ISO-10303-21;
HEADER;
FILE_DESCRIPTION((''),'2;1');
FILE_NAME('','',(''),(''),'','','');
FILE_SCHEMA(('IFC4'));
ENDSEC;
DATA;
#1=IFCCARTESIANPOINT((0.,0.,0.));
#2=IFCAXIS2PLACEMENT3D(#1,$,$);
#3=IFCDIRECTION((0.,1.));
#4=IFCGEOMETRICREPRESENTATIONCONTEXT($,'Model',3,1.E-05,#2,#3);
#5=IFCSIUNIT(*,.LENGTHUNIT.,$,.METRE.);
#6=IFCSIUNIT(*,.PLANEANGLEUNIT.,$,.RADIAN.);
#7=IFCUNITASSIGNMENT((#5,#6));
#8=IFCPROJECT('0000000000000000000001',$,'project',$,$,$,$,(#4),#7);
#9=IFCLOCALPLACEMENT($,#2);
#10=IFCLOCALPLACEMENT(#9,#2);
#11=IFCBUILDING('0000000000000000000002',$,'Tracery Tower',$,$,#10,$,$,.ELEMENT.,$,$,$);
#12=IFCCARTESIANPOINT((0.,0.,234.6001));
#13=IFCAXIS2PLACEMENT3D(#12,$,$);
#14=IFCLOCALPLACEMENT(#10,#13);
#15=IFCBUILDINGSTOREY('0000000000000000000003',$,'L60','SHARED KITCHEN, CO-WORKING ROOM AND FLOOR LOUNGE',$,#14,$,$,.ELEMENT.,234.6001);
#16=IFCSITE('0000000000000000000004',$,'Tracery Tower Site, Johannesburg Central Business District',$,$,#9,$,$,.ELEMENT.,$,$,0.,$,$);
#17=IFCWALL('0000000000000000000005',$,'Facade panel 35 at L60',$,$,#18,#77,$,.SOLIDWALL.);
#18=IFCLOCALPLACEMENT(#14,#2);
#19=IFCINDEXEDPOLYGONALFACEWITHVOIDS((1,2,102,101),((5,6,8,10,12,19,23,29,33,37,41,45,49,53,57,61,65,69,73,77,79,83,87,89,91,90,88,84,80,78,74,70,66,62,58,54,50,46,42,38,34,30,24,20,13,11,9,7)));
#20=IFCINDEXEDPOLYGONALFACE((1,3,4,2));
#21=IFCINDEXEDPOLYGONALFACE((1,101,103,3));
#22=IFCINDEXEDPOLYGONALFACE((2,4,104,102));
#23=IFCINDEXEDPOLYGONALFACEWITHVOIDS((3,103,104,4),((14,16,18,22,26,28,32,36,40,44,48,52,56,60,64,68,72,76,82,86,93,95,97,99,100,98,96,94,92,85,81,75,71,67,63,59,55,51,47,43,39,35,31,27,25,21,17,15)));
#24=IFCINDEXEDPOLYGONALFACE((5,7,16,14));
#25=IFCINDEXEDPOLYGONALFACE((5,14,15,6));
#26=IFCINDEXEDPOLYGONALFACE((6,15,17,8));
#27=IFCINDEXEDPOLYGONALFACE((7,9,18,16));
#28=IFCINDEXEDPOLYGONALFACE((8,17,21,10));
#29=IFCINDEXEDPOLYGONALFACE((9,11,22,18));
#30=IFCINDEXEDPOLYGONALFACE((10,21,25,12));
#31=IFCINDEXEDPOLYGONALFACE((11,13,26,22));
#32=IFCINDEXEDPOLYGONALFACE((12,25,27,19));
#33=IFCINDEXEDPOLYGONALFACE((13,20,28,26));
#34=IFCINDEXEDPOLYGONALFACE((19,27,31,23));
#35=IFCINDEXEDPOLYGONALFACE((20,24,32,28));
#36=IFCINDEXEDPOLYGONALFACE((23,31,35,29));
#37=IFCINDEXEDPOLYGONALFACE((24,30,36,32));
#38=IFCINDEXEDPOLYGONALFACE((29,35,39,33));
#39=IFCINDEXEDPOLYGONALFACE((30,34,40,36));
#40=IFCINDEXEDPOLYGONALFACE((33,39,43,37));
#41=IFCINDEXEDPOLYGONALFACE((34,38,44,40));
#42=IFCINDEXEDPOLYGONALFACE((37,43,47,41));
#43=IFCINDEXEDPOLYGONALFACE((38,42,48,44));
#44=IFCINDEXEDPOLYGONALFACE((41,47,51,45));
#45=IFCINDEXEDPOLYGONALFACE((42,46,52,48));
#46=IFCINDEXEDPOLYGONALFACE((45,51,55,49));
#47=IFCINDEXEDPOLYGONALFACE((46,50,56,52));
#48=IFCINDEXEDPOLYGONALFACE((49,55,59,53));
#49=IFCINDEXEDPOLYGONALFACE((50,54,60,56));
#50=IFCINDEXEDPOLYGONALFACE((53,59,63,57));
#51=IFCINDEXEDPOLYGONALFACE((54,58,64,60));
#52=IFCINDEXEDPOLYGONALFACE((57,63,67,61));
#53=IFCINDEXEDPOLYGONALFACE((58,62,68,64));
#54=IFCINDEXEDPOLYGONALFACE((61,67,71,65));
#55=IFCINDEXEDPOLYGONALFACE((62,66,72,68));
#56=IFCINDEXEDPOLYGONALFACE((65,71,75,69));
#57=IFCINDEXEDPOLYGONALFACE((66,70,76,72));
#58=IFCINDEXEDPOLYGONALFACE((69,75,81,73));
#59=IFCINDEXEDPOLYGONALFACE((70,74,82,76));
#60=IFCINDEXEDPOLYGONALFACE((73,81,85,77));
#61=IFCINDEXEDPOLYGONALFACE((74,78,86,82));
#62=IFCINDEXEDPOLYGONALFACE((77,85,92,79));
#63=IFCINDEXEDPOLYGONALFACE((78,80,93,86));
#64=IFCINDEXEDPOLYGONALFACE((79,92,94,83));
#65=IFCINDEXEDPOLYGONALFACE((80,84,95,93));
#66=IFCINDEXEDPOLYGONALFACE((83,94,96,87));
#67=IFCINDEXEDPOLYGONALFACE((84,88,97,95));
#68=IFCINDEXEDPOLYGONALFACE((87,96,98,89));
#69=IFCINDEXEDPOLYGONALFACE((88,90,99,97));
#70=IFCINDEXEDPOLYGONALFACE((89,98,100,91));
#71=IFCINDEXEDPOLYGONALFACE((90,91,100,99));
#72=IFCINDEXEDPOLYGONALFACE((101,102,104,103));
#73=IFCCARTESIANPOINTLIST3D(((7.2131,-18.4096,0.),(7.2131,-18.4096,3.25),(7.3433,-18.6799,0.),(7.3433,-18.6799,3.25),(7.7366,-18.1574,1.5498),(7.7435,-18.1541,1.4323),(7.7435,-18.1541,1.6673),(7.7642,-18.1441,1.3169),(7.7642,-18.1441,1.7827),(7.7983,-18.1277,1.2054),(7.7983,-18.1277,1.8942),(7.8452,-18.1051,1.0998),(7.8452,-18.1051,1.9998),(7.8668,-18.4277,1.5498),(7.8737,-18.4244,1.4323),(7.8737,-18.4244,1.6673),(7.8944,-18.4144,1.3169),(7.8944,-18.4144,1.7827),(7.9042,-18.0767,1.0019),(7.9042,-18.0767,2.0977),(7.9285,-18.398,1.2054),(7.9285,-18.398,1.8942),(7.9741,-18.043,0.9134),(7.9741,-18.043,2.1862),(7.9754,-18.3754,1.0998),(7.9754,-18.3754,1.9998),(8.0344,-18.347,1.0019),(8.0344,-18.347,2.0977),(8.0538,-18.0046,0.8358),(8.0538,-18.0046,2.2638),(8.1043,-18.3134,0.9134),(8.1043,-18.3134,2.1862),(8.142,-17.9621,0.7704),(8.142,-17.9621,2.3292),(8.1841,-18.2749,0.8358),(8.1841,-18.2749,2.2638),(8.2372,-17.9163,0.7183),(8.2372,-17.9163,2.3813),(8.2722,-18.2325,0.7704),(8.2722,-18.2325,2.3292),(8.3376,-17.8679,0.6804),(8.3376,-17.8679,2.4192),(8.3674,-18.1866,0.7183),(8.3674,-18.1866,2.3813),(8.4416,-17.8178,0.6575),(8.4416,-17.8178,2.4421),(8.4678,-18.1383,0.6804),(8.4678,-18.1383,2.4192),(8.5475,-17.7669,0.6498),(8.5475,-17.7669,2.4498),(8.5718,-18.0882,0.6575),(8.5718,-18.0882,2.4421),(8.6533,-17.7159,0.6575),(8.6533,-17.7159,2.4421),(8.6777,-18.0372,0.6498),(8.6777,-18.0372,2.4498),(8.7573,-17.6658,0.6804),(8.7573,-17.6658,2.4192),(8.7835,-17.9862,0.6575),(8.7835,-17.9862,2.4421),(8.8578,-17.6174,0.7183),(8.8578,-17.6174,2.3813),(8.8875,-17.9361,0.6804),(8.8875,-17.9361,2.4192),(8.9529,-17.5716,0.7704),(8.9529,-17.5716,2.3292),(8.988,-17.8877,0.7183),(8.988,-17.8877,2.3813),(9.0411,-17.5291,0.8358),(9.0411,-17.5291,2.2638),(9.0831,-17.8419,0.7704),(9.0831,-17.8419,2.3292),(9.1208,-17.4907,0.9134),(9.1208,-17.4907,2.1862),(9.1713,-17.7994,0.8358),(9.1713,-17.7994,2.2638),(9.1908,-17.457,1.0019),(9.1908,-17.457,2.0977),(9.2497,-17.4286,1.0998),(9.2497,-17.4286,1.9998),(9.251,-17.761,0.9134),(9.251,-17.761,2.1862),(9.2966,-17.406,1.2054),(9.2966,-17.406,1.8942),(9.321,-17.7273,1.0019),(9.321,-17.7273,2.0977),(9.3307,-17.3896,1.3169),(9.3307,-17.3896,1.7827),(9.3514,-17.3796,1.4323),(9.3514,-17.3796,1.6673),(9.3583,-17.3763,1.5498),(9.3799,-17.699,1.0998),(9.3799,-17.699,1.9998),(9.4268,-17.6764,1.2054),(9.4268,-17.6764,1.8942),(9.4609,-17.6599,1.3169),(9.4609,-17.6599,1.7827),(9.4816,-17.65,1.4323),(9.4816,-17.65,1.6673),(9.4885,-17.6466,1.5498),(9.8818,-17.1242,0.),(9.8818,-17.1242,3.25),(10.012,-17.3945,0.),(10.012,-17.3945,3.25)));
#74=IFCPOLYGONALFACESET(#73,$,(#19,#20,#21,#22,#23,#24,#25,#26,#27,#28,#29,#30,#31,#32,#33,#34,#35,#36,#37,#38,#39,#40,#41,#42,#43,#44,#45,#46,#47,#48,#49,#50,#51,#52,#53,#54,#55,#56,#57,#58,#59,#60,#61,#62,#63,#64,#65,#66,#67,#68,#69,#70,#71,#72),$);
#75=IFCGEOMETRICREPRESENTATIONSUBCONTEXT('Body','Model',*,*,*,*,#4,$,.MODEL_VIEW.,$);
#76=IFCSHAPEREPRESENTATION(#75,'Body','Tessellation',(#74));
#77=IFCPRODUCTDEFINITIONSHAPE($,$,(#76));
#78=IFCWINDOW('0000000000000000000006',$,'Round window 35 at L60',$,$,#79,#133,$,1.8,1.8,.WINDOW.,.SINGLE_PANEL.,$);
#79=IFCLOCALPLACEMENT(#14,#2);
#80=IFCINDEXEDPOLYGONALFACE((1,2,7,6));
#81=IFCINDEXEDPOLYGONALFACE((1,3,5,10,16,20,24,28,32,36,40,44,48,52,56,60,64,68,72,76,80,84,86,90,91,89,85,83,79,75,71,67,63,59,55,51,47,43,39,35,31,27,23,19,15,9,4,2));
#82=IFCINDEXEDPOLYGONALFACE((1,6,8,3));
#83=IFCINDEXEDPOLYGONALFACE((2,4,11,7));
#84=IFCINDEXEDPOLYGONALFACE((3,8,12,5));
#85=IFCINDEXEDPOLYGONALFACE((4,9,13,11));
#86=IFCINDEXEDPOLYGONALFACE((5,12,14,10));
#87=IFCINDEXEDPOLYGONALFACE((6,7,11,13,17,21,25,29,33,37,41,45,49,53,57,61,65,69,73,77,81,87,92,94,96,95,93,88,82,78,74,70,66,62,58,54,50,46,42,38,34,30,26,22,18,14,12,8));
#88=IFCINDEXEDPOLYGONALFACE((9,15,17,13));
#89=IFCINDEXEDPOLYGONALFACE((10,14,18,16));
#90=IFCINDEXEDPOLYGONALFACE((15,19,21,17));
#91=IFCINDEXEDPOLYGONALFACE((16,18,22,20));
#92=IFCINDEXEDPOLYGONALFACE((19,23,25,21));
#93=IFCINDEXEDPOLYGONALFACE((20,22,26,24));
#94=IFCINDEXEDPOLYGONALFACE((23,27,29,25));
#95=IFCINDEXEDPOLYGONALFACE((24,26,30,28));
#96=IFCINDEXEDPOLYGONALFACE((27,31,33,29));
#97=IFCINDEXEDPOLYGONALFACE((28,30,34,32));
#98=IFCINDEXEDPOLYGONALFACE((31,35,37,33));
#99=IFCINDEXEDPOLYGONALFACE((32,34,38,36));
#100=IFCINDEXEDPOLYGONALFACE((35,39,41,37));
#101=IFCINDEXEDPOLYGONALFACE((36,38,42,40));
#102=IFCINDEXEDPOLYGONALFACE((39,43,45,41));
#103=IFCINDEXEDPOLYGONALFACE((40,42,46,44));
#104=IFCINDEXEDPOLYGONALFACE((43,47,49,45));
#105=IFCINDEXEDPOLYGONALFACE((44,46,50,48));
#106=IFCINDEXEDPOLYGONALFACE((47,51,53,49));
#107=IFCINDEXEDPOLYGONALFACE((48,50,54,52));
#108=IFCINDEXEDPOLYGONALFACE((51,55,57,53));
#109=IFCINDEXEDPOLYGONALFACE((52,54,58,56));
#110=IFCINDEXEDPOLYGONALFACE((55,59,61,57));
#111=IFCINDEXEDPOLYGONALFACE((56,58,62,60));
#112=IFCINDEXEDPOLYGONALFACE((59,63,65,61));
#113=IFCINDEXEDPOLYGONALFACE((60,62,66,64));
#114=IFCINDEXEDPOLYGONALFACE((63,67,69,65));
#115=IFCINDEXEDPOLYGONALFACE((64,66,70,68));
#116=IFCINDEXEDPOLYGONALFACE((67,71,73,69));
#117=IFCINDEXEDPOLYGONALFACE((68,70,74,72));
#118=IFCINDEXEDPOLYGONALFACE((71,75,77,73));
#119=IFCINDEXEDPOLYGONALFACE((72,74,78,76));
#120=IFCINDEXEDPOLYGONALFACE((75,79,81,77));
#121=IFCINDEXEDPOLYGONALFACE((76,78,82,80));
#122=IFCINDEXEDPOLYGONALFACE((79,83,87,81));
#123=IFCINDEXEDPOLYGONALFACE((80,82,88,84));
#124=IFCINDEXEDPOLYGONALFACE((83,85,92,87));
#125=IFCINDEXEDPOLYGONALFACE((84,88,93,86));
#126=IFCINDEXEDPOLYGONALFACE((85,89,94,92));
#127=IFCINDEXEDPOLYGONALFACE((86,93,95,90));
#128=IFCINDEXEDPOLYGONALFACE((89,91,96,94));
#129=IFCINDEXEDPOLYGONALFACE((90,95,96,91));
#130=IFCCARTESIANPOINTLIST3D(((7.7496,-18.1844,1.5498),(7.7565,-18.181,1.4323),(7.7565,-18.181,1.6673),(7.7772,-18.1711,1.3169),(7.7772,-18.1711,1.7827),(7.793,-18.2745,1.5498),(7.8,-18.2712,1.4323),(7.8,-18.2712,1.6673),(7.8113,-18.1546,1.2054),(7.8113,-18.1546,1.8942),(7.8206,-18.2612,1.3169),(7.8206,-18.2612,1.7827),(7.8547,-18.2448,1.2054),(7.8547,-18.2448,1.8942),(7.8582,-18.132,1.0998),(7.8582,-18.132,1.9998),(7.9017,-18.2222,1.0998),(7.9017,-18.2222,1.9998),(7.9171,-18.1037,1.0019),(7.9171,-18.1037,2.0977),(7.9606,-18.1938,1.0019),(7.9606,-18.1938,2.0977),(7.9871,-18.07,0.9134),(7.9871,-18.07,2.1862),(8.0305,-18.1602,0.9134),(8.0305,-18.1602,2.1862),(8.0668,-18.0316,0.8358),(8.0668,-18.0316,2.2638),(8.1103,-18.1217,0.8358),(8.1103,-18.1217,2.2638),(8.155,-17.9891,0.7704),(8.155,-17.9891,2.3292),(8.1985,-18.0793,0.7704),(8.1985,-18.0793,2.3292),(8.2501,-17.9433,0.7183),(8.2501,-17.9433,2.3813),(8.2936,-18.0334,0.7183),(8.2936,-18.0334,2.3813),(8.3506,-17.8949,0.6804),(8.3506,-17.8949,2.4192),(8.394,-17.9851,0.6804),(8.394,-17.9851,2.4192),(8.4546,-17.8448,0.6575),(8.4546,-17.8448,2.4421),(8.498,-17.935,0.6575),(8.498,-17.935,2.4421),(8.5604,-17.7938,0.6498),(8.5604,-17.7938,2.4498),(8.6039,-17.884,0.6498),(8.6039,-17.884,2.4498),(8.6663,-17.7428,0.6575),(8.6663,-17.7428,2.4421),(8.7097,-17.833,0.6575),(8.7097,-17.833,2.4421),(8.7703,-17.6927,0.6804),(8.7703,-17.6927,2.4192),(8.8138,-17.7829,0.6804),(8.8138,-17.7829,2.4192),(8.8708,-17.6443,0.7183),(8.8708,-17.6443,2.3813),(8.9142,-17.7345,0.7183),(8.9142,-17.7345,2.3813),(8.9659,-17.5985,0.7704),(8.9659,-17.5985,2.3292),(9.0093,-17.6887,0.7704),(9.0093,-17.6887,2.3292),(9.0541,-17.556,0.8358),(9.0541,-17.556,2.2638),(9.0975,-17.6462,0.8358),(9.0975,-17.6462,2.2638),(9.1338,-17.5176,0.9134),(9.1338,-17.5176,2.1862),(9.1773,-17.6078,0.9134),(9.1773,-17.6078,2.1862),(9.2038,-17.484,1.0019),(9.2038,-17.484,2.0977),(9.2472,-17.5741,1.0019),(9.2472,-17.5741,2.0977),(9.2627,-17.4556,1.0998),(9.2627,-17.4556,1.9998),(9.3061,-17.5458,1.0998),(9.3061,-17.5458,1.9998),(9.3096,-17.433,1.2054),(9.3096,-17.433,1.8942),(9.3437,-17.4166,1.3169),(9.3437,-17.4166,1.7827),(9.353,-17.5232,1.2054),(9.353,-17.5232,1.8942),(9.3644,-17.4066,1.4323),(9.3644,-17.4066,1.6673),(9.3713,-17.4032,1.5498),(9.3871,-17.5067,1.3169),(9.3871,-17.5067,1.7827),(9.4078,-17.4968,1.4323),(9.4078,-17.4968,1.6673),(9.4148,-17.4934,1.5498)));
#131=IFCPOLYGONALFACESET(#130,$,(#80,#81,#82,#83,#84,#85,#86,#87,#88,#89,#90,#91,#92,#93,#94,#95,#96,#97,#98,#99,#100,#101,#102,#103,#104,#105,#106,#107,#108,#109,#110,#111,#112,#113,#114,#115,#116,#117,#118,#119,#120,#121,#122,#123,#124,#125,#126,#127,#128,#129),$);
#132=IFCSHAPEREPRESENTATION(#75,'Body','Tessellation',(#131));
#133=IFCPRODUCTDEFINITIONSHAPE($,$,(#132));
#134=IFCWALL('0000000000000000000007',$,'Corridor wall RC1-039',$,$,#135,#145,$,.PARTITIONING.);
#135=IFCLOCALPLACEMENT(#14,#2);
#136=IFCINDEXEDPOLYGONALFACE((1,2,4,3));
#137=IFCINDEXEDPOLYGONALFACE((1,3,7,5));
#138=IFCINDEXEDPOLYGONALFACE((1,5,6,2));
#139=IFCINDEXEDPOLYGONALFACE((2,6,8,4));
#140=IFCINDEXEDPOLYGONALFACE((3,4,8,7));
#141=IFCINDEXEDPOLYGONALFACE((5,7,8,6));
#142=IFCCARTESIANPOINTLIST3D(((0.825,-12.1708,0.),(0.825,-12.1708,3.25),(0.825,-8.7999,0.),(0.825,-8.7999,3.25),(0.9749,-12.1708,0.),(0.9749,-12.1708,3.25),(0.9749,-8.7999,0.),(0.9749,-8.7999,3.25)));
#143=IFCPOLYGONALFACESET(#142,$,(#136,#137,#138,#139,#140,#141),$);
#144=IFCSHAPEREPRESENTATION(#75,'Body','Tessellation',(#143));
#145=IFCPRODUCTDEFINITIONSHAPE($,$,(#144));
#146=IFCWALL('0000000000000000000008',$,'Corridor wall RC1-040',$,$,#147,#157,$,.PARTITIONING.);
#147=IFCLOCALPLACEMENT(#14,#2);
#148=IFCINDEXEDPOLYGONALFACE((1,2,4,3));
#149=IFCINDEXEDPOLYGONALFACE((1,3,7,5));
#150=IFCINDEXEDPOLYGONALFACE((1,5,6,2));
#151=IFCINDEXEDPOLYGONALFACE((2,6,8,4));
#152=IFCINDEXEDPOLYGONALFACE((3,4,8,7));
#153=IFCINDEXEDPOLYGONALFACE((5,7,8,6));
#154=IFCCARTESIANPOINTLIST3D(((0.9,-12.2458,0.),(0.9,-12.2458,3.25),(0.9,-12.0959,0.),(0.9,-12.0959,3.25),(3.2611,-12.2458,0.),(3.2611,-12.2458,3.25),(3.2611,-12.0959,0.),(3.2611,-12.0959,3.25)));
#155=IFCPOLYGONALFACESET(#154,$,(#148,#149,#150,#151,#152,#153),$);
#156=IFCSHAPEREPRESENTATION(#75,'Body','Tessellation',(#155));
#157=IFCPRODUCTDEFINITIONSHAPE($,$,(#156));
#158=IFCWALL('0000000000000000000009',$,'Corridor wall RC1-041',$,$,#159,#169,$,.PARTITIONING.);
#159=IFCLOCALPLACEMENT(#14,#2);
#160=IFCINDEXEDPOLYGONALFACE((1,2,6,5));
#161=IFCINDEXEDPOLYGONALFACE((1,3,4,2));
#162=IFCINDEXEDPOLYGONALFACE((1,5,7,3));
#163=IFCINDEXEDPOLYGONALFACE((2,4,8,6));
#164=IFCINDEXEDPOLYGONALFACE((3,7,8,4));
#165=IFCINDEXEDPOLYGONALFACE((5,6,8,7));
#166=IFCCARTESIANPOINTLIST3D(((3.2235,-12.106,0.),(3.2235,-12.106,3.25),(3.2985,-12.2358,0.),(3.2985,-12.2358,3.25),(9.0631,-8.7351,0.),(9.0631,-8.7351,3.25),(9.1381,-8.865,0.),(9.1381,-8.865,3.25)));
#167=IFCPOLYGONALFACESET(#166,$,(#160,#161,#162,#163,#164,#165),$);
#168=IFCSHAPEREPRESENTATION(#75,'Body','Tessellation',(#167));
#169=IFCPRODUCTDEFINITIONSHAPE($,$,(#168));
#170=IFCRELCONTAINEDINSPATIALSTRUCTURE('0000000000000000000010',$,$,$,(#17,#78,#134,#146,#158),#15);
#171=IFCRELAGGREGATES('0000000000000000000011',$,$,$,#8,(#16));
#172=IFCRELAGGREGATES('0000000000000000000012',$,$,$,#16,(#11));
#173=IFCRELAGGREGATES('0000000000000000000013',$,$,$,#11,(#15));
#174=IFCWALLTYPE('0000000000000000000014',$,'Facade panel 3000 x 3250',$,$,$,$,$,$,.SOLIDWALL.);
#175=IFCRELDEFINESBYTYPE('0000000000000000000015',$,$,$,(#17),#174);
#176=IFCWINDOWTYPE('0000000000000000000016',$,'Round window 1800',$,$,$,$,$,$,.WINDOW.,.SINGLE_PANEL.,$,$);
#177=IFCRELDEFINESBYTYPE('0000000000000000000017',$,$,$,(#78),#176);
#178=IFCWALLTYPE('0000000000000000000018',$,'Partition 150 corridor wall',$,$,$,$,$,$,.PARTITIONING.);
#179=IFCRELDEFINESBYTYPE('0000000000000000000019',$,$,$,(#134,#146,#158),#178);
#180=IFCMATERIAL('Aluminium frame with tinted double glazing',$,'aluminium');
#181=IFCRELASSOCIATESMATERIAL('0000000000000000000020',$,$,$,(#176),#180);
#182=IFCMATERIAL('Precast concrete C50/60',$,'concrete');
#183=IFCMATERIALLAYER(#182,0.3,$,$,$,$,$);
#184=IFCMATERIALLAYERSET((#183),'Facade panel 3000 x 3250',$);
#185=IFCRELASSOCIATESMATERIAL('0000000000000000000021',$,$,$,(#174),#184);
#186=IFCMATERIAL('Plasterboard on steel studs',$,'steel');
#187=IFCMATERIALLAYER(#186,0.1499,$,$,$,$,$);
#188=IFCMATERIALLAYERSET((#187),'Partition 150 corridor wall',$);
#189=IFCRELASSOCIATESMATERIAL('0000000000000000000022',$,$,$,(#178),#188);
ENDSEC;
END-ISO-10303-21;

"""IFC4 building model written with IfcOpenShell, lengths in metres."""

from ifc_helpers import new_model, si_unit, direction, frame, frame_2d, origin, origin_2d, place, context, subcontext, project, spatial, rectangle, circle, extrude, material, layer, layer_set, type_object, element, fill, save


model = new_model("IFC4")

# Units and contexts
model_context = context("Model", 3, precision=1e-05, world=origin(), true_north=direction((0.0, 1.0)))
body_context = subcontext(model_context, "Body", "Model", "MODEL_VIEW")
ifc_project = project(units=[si_unit("LENGTHUNIT", "METRE"), si_unit("PLANEANGLEUNIT", "RADIAN")], contexts=[model_context])

# Site, building, storey
site_placement = place(None, origin())
site = spatial("IfcSite", under=ifc_project, at=site_placement, Name="Tracery Tower Site, Johannesburg Central Business District", CompositionType="ELEMENT", RefElevation=0.0)
building_placement = place(site_placement, origin())
building = spatial("IfcBuilding", under=site, at=building_placement, Name="Tracery Tower", CompositionType="ELEMENT")
storey_placement = place(building_placement, frame((0.0, 0.0, 234.6001)))
storey = spatial("IfcBuildingStorey", under=building, at=storey_placement, Name="L60", Description="SHARED KITCHEN, CO-WORKING ROOM AND FLOOR LOUNGE", CompositionType="ELEMENT", Elevation=234.6001)

# Wall, opening, window
ifc_material_1 = material(Name="Aluminium frame with tinted double glazing", Category="aluminium")
window_type = type_object("IfcWindowType", Name="Round window 1800", PartitioningType="SINGLE_PANEL", PredefinedType="WINDOW", material=ifc_material_1)
ifc_material_2 = material(Name="Precast concrete C50/60", Category="concrete")
ifc_layer_1 = layer(ifc_material_2, 0.3)
ifc_layer_set_1 = layer_set([ifc_layer_1], Name="Facade panel 3000 x 3250")
wall_type_1 = type_object("IfcWallType", Name="Facade panel 3000 x 3250", PredefinedType="SOLIDWALL", material=ifc_layer_set_1)
wall_1_placement = place(storey_placement, frame((7.2783, -18.5447, 0.0), z_axis=(0.0, 0.0, 1.0), x_axis=(0.90094, 0.433944, 0.0)))
wall_1 = element("IfcWall", 1, at=wall_1_placement, inside=storey, type_object=wall_type_1, Name="Facade panel 35 at L60", PredefinedType="SOLIDWALL", context=body_context, shape_type="SweptSolid", body=[
    extrude(rectangle(XDim=2.9622, YDim=0.3, at=frame_2d((1.481, 0.0))), origin(), (0.0, 0.0, 1.0), 3.25),
])
opening_1_placement = place(wall_1_placement, frame((1.481, 0.0, 1.5498)))
opening_1 = element("IfcOpeningElement", 2, at=opening_1_placement, cuts=wall_1, PredefinedType="OPENING", context=body_context, shape_type="SweptSolid", body=[
    extrude(circle(Radius=0.9, at=origin_2d()), frame((0.0, 0.1599, 0.0), z_axis=(0.0, -1.0, 0.0), x_axis=(1.0, 0.0, 0.0)), (0.0, 0.0, 1.0), 0.3201),
])
window_1_placement = place(opening_1_placement, origin())
window_1 = element("IfcWindow", 3, at=window_1_placement, inside=storey, type_object=window_type, Name="Round window 35 at L60", OverallHeight=1.8, OverallWidth=1.8, PartitioningType="SINGLE_PANEL", PredefinedType="WINDOW", context=body_context, shape_type="SweptSolid", body=[
    extrude(circle(Radius=0.9, at=origin_2d()), frame((0.0, 0.1201, 0.0), z_axis=(0.0, -1.0, 0.0), x_axis=(1.0, 0.0, 0.0)), (0.0, 0.0, 1.0), 0.1001),
])
fill(opening_1, window_1)

# Walls
ifc_material_3 = material(Name="Plasterboard on steel studs", Category="steel")
ifc_layer_2 = layer(ifc_material_3, 0.1499)
ifc_layer_set_2 = layer_set([ifc_layer_2], Name="Partition 150 corridor wall")
wall_type_2 = type_object("IfcWallType", Name="Partition 150 corridor wall", PredefinedType="PARTITIONING", material=ifc_layer_set_2)
wall_2_placement = place(storey_placement, frame((0.8999, -12.1709, 0.0), z_axis=(0.0, 0.0, 1.0), x_axis=(0.0, 1.0, 0.0)))
element("IfcWall", 4, at=wall_2_placement, inside=storey, type_object=wall_type_2, Name="Corridor wall RC1-039", PredefinedType="PARTITIONING", context=body_context, shape_type="SweptSolid", body=[
    extrude(rectangle(XDim=3.3708, YDim=0.1499, at=frame_2d((1.6855, 0.0))), origin(), (0.0, 0.0, 1.0), 3.25),
])
wall_3_placement = place(storey_placement, frame((0.8999, -12.1709, 0.0), z_axis=(0.0, 0.0, 1.0), x_axis=(1.0, 0.0, 0.0)))
element("IfcWall", 5, at=wall_3_placement, inside=storey, type_object=wall_type_2, Name="Corridor wall RC1-040", PredefinedType="PARTITIONING", context=body_context, shape_type="SweptSolid", body=[
    extrude(rectangle(XDim=2.3611, YDim=0.1499, at=frame_2d((1.1807, 0.0))), origin(), (0.0, 0.0, 1.0), 3.25),
])
wall_4_placement = place(storey_placement, frame((3.261, -12.1709, 0.0), z_axis=(0.0, 0.0, 1.0), x_axis=(0.866067, 0.499928, 0.0)))
element("IfcWall", 6, at=wall_4_placement, inside=storey, type_object=wall_type_2, Name="Corridor wall RC1-041", PredefinedType="PARTITIONING", context=body_context, shape_type="SweptSolid", body=[
    extrude(rectangle(XDim=6.7427, YDim=0.1499, at=frame_2d((3.3713, 0.0))), origin(), (0.0, 0.0, 1.0), 3.25),
])

save(model, "model.ifc")
